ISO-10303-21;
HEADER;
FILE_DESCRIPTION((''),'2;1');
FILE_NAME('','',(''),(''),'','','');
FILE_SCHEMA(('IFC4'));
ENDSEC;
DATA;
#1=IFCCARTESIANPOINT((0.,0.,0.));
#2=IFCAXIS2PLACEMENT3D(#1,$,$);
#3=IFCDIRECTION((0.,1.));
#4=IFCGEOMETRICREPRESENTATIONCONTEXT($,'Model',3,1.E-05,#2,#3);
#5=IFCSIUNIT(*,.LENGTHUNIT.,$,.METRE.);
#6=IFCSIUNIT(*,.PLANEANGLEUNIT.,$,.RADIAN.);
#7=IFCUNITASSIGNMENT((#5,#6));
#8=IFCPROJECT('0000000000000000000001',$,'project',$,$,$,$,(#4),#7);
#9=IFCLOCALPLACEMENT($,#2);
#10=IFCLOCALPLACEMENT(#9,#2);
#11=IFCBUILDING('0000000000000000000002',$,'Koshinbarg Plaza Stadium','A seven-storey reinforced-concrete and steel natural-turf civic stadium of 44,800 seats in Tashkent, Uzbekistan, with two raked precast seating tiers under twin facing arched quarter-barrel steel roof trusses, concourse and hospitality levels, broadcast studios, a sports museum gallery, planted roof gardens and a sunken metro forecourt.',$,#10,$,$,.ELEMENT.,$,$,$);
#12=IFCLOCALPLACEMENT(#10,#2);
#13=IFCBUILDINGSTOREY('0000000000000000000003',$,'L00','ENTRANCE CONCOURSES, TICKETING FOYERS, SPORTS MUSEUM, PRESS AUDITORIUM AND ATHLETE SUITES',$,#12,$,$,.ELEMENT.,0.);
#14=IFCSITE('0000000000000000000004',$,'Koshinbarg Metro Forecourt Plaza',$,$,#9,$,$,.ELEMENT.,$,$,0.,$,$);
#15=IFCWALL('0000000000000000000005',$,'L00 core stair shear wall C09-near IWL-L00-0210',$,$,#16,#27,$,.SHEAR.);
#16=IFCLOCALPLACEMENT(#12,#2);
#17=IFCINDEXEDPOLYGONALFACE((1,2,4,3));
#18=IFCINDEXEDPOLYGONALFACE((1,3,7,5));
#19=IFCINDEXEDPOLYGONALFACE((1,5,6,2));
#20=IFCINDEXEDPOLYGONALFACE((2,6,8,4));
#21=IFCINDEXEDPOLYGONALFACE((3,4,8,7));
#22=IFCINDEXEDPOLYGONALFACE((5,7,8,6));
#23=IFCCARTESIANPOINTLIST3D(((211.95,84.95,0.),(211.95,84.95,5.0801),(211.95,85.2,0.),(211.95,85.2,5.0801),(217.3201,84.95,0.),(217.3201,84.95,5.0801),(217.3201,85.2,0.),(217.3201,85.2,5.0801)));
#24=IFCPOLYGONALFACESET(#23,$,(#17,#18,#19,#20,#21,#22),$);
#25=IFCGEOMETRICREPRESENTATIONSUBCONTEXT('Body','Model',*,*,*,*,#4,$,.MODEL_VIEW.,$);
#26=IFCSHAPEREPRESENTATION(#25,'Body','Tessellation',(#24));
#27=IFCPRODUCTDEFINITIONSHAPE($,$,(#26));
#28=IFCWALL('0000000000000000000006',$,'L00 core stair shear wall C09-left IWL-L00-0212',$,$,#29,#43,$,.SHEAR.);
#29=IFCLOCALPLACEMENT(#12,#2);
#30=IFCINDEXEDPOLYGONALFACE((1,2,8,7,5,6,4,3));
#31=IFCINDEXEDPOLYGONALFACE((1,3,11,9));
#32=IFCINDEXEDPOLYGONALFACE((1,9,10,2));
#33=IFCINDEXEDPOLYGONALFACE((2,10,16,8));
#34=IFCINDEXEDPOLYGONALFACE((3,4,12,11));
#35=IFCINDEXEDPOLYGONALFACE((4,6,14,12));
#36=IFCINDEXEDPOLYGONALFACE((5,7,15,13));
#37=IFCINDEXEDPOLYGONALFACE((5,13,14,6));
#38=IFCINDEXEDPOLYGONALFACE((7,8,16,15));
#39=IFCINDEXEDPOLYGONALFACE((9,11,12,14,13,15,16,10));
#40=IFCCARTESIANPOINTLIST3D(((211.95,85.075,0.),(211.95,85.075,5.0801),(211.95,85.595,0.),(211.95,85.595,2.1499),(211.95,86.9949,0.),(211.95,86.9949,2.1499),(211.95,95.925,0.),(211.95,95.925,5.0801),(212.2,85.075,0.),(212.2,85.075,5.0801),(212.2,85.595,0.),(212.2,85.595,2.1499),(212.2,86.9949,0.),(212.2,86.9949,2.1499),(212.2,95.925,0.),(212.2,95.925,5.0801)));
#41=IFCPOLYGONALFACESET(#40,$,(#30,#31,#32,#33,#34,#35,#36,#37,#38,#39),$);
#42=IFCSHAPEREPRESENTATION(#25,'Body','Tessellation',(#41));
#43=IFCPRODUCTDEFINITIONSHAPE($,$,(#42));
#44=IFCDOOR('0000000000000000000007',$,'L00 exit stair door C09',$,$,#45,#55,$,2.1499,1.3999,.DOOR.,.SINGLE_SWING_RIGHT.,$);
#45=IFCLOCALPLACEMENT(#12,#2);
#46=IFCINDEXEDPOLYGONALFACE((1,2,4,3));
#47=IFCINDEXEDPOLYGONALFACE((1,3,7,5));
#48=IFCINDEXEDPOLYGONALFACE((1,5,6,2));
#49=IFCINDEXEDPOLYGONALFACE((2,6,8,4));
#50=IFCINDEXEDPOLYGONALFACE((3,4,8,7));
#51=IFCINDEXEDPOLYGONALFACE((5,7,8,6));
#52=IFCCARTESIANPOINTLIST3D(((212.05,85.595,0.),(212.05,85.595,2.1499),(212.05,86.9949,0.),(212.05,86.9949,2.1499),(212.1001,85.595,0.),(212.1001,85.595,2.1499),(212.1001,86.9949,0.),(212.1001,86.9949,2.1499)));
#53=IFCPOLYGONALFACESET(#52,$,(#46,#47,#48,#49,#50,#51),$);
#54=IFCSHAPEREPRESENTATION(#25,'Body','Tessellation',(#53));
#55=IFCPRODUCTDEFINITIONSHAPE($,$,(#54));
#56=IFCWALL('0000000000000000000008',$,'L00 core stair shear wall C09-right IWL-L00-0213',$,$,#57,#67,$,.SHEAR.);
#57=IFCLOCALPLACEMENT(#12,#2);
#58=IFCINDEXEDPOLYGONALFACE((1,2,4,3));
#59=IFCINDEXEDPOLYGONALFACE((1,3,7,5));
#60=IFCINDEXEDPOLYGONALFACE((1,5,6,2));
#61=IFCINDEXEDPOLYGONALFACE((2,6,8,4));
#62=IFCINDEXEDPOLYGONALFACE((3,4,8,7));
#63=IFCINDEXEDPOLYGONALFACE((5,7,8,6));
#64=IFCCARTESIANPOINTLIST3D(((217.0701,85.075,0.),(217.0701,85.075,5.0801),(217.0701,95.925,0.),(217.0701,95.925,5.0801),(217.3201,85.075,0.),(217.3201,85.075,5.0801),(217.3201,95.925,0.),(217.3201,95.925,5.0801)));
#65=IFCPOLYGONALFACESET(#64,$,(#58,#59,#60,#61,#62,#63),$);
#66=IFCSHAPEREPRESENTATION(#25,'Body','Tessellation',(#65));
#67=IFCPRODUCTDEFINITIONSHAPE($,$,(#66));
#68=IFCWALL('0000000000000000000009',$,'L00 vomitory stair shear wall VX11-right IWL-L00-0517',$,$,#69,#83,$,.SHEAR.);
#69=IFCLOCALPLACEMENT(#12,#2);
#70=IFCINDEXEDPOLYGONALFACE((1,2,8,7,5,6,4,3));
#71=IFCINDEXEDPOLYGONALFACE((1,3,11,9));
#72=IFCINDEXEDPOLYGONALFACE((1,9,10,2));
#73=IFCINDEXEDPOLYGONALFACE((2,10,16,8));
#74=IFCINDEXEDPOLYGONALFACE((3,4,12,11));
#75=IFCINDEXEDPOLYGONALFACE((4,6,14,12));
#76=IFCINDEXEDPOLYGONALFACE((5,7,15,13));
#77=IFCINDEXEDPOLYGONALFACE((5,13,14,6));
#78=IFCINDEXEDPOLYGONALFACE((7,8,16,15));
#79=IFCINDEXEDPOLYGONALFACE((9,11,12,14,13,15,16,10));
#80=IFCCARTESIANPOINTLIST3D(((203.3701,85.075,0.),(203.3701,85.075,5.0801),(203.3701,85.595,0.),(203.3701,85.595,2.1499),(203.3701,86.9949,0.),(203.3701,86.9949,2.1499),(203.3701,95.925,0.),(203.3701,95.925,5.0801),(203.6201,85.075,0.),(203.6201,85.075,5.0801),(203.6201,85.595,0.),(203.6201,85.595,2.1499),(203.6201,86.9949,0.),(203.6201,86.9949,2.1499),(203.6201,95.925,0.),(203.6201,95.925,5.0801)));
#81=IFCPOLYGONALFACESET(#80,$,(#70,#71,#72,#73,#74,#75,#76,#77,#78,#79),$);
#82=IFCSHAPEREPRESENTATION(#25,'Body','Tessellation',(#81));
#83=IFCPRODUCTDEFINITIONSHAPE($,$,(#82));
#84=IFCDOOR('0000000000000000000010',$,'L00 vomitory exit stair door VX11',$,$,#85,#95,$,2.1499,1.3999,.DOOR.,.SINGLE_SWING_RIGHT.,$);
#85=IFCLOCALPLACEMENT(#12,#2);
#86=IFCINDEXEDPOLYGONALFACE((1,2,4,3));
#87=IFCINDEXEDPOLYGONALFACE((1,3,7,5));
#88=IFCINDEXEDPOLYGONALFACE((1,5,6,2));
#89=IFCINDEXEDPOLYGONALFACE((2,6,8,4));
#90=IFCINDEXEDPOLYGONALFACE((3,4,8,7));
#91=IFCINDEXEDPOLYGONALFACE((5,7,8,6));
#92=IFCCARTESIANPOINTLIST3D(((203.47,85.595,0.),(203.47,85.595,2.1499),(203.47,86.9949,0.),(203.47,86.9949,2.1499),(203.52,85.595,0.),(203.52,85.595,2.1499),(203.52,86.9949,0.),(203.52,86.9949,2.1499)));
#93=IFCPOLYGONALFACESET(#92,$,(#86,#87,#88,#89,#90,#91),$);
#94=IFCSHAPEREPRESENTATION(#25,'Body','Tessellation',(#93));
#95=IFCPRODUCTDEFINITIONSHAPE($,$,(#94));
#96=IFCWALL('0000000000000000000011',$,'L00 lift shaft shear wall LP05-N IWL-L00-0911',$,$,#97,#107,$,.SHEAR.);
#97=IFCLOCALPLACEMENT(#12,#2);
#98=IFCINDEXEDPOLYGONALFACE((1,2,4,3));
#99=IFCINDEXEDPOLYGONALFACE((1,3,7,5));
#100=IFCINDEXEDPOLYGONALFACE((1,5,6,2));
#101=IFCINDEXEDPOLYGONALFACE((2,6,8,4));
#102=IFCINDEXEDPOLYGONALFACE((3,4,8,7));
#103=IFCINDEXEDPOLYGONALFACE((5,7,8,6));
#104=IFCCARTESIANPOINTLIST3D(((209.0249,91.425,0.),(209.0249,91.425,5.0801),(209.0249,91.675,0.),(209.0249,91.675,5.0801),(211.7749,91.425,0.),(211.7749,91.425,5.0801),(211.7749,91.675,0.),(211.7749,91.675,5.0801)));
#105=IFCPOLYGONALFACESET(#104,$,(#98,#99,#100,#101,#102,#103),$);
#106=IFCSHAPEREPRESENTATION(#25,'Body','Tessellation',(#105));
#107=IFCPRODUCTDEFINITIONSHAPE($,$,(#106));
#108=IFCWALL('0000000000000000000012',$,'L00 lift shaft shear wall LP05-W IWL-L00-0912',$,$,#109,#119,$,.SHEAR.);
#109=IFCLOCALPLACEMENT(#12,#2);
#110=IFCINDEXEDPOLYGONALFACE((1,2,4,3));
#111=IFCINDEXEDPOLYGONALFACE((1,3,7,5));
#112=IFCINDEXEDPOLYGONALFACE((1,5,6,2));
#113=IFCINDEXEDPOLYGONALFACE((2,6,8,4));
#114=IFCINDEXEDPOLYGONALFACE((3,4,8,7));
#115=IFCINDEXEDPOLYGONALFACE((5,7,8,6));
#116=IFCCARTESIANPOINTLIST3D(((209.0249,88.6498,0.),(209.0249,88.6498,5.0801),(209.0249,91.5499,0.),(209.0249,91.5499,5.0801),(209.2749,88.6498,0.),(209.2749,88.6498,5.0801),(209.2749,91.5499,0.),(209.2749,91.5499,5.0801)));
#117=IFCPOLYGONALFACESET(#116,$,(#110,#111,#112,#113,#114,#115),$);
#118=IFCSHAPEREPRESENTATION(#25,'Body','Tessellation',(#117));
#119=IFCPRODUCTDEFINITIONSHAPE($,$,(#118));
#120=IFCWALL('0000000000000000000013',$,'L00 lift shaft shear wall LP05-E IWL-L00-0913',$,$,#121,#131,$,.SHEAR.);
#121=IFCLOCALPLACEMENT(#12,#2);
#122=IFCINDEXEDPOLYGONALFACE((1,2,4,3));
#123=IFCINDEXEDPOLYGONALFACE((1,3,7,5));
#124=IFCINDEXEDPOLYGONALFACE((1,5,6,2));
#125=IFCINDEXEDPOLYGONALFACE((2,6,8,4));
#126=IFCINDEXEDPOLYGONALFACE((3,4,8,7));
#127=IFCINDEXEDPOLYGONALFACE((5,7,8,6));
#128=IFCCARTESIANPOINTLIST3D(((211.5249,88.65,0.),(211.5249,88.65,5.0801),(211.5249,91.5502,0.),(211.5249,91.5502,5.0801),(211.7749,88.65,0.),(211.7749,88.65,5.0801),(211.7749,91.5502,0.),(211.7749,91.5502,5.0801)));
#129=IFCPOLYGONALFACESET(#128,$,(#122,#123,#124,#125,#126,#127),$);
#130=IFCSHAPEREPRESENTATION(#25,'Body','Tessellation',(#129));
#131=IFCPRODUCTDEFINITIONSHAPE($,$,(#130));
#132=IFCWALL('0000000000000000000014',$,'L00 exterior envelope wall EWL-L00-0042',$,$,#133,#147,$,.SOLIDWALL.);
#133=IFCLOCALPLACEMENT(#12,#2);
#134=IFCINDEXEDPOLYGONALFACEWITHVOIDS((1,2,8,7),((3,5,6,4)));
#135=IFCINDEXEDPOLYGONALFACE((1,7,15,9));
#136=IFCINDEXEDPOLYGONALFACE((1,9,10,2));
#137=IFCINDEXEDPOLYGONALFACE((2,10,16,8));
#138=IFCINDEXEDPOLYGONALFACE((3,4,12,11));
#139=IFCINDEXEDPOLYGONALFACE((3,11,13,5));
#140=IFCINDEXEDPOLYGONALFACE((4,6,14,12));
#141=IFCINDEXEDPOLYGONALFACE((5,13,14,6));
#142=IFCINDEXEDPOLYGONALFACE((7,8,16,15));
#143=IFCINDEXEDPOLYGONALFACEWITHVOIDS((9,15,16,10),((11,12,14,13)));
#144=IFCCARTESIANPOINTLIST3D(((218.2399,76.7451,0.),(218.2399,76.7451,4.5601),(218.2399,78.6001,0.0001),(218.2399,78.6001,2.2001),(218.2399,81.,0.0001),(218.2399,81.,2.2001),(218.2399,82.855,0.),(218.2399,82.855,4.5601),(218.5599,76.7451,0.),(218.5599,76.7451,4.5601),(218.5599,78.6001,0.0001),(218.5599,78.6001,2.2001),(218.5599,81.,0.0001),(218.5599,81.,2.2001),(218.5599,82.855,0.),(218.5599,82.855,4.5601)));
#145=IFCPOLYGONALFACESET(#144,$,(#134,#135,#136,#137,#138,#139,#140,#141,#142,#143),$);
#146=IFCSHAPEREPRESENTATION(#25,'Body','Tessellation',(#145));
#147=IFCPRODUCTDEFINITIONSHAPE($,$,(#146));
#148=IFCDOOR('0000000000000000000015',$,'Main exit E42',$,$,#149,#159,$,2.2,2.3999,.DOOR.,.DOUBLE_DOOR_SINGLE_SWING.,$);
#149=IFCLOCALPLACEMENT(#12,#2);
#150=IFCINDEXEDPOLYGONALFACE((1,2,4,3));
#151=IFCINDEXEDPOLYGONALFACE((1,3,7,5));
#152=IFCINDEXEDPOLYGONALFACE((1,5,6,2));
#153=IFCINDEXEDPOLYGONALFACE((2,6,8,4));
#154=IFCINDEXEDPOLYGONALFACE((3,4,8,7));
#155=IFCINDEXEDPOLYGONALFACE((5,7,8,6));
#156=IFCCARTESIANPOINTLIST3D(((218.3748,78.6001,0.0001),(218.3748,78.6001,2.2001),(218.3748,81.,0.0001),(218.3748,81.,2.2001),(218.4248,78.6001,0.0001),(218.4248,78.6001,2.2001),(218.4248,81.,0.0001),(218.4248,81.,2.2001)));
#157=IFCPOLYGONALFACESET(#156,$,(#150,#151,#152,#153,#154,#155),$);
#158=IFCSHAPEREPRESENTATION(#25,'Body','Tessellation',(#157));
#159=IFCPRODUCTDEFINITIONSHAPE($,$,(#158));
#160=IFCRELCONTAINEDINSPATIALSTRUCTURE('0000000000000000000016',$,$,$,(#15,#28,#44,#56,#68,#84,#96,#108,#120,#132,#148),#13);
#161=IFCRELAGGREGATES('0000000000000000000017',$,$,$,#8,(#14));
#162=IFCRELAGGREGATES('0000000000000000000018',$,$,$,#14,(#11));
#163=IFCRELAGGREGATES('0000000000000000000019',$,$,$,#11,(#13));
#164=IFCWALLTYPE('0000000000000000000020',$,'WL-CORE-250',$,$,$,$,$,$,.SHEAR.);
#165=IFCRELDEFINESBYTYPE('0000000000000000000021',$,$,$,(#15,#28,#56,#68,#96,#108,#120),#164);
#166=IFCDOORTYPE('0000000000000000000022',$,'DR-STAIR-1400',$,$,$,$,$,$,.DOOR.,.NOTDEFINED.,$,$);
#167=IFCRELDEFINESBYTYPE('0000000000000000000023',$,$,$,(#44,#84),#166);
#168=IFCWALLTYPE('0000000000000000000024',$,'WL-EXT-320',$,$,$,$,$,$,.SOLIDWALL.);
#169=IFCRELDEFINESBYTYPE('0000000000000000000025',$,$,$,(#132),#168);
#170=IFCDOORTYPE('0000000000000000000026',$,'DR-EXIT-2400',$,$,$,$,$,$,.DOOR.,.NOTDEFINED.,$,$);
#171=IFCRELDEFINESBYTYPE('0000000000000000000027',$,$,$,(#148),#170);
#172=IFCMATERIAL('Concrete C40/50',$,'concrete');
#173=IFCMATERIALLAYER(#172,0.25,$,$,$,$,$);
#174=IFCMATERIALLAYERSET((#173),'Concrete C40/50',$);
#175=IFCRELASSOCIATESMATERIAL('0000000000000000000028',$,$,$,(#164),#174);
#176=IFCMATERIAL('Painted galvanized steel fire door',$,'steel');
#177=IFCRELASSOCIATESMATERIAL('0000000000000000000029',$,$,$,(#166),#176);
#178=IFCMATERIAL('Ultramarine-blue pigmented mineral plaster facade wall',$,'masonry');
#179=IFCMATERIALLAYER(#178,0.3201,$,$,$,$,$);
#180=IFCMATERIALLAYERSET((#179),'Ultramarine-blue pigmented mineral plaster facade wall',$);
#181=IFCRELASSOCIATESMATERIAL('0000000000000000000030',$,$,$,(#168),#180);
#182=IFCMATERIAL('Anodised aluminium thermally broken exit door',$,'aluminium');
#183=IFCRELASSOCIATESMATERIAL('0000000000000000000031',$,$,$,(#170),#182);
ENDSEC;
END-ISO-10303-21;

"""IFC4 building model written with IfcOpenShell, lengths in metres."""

from ifc_helpers import new_model, si_unit, direction, frame, frame_2d, origin, place, context, subcontext, project, spatial, rectangle, extrude, material, layer, layer_set, type_object, element, fill, save


model = new_model("IFC4")

# Units and contexts
model_context = context("Model", 3, precision=1e-05, world=origin(), true_north=direction((0.0, 1.0)))
body_context = subcontext(model_context, "Body", "Model", "MODEL_VIEW")
ifc_project = project(units=[si_unit("LENGTHUNIT", "METRE"), si_unit("PLANEANGLEUNIT", "RADIAN")], contexts=[model_context])

# Site, building, storey
site_placement = place(None, origin())
site = spatial("IfcSite", under=ifc_project, at=site_placement, Name="Koshinbarg Metro Forecourt Plaza", CompositionType="ELEMENT", RefElevation=0.0)
building_placement = place(site_placement, origin())
building = spatial("IfcBuilding", under=site, at=building_placement, Name="Koshinbarg Plaza Stadium", Description="A seven-storey reinforced-concrete and steel natural-turf civic stadium of 44,800 seats in Tashkent, Uzbekistan, with two raked precast seating tiers under twin facing arched quarter-barrel steel roof trusses, concourse and hospitality levels, broadcast studios, a sports museum gallery, planted roof gardens and a sunken metro forecourt.", CompositionType="ELEMENT")
storey_placement = place(building_placement, origin())
storey = spatial("IfcBuildingStorey", under=building, at=storey_placement, Name="L00", Description="ENTRANCE CONCOURSES, TICKETING FOYERS, SPORTS MUSEUM, PRESS AUDITORIUM AND ATHLETE SUITES", CompositionType="ELEMENT", Elevation=0.0)

# Shared definitions
ifc_material_1 = material(Name="Concrete C40/50", Category="concrete")

# Wall
ifc_layer_1 = layer(ifc_material_1, 0.25)
ifc_layer_set_1 = layer_set([ifc_layer_1], Name="Concrete C40/50")
wall_type_1 = type_object("IfcWallType", Name="WL-CORE-250", PredefinedType="SHEAR", material=ifc_layer_set_1)
wall_1_placement = place(storey_placement, frame((211.95, 85.075, 0.0), z_axis=(0.0, 0.0, 1.0), x_axis=(1.0, 0.0, 0.0)))
element("IfcWall", 1, at=wall_1_placement, inside=storey, type_object=wall_type_1, Name="L00 core stair shear wall C09-near IWL-L00-0210", PredefinedType="SHEAR", context=body_context, shape_type="SweptSolid", body=[
    extrude(rectangle(XDim=5.3701, YDim=0.25, at=frame_2d((2.6851, 0.0))), origin(), (0.0, 0.0, 1.0), 5.0801),
])

# Wall, opening, door
wall_2_placement = place(storey_placement, frame((212.075, 85.075, 0.0), z_axis=(0.0, 0.0, 1.0), x_axis=(0.0, 1.0, 0.0)))
wall_2 = element("IfcWall", 2, at=wall_2_placement, inside=storey, type_object=wall_type_1, Name="L00 core stair shear wall C09-left IWL-L00-0212", PredefinedType="SHEAR", context=body_context, shape_type="SweptSolid", body=[
    extrude(rectangle(XDim=10.8501, YDim=0.25, at=frame_2d((5.425, 0.0))), origin(), (0.0, 0.0, 1.0), 5.0801),
])
opening_1_placement = place(wall_2_placement, frame((0.52, 0.0, 0.0)))
opening_1 = element("IfcOpeningElement", 3, at=opening_1_placement, cuts=wall_2, PredefinedType="OPENING", context=body_context, shape_type="SweptSolid", body=[
    extrude(rectangle(XDim=1.3999, YDim=2.1499, at=frame_2d((0.7, 1.075))), frame((0.0, 0.135, 0.0), z_axis=(0.0, -1.0, 0.0), x_axis=(1.0, 0.0, 0.0)), (0.0, 0.0, 1.0), 0.27),
])
ifc_material_2 = material(Name="Painted galvanized steel fire door", Category="steel")
door_type_1 = type_object("IfcDoorType", Name="DR-STAIR-1400", OperationType="NOTDEFINED", PredefinedType="DOOR", material=ifc_material_2)
door_1_placement = place(opening_1_placement, origin())
door_1 = element("IfcDoor", 4, at=door_1_placement, inside=storey, type_object=door_type_1, Name="L00 exit stair door C09", OperationType="SINGLE_SWING_RIGHT", OverallHeight=2.1499, OverallWidth=1.3999, PredefinedType="DOOR", context=body_context, shape_type="SweptSolid", body=[
    extrude(rectangle(XDim=1.3999, YDim=2.1499, at=frame_2d((0.7, 1.075))), frame((0.0, 0.0249, 0.0), z_axis=(0.0, -1.0, 0.0), x_axis=(1.0, 0.0, 0.0)), (0.0, 0.0, 1.0), 0.05),
])
fill(opening_1, door_1)

# Wall
wall_3_placement = place(storey_placement, frame((217.1951, 85.075, 0.0), z_axis=(0.0, 0.0, 1.0), x_axis=(0.0, 1.0, 0.0)))
element("IfcWall", 5, at=wall_3_placement, inside=storey, type_object=wall_type_1, Name="L00 core stair shear wall C09-right IWL-L00-0213", PredefinedType="SHEAR", context=body_context, shape_type="SweptSolid", body=[
    extrude(rectangle(XDim=10.8501, YDim=0.25, at=frame_2d((5.425, 0.0))), origin(), (0.0, 0.0, 1.0), 5.0801),
])

# Wall, opening, door
wall_4_placement = place(storey_placement, frame((203.4951, 85.075, 0.0), z_axis=(0.0, 0.0, 1.0), x_axis=(0.0, 1.0, 0.0)))
wall_4 = element("IfcWall", 6, at=wall_4_placement, inside=storey, type_object=wall_type_1, Name="L00 vomitory stair shear wall VX11-right IWL-L00-0517", PredefinedType="SHEAR", context=body_context, shape_type="SweptSolid", body=[
    extrude(rectangle(XDim=10.8501, YDim=0.25, at=frame_2d((5.425, 0.0))), origin(), (0.0, 0.0, 1.0), 5.0801),
])
opening_2_placement = place(wall_4_placement, frame((0.52, 0.0, 0.0)))
opening_2 = element("IfcOpeningElement", 7, at=opening_2_placement, cuts=wall_4, PredefinedType="OPENING", context=body_context, shape_type="SweptSolid", body=[
    extrude(rectangle(XDim=1.3999, YDim=2.1499, at=frame_2d((0.7, 1.075))), frame((0.0, 0.135, 0.0), z_axis=(0.0, -1.0, 0.0), x_axis=(1.0, 0.0, 0.0)), (0.0, 0.0, 1.0), 0.27),
])
door_2_placement = place(opening_2_placement, frame((1.3999, 0.0, 0.0), z_axis=(0.0, 0.0, 1.0), x_axis=(-1.0, 0.0, 0.0)))
door_2 = element("IfcDoor", 8, at=door_2_placement, inside=storey, type_object=door_type_1, Name="L00 vomitory exit stair door VX11", OperationType="SINGLE_SWING_RIGHT", OverallHeight=2.1499, OverallWidth=1.3999, PredefinedType="DOOR", context=body_context, shape_type="SweptSolid", body=[
    extrude(rectangle(XDim=1.3999, YDim=2.1499, at=frame_2d((0.7, 1.075))), frame((0.0, 0.0249, 0.0), z_axis=(0.0, -1.0, 0.0), x_axis=(1.0, 0.0, 0.0)), (0.0, 0.0, 1.0), 0.05),
])
fill(opening_2, door_2)

# Walls
wall_5_placement = place(storey_placement, frame((211.7749, 91.55, 0.0), z_axis=(0.0, 0.0, 1.0), x_axis=(-1.0, 0.0, 0.0)))
element("IfcWall", 9, at=wall_5_placement, inside=storey, type_object=wall_type_1, Name="L00 lift shaft shear wall LP05-N IWL-L00-0911", PredefinedType="SHEAR", context=body_context, shape_type="SweptSolid", body=[
    extrude(rectangle(XDim=2.75, YDim=0.25, at=frame_2d((1.375, 0.0))), origin(), (0.0, 0.0, 1.0), 5.0801),
])
for number, where, z_axis, x_axis, name in (
    (10, (209.1499, 91.55, 0.0), (0.0, 0.0, 1.0), (0.0, -1.0, 0.0), "L00 lift shaft shear wall LP05-W IWL-L00-0912"),
    (11, (211.6499, 88.6499, 0.0), (0.0, 0.0, 1.0), (0.0, 1.0, 0.0), "L00 lift shaft shear wall LP05-E IWL-L00-0913"),
):
    element("IfcWall", number, at=place(storey_placement, frame(where, z_axis=z_axis, x_axis=x_axis)), inside=storey, type_object=wall_type_1, Name=name, PredefinedType="SHEAR", context=body_context, shape_type="SweptSolid", body=[
        extrude(rectangle(XDim=2.9001, YDim=0.25, at=frame_2d((1.4502, 0.0))), origin(), (0.0, 0.0, 1.0), 5.0801),
    ])

# Wall, opening, door
ifc_material_3 = material(Name="Ultramarine-blue pigmented mineral plaster facade wall", Category="masonry")
ifc_layer_2 = layer(ifc_material_3, 0.3201)
ifc_layer_set_2 = layer_set([ifc_layer_2], Name="Ultramarine-blue pigmented mineral plaster facade wall")
wall_type_2 = type_object("IfcWallType", Name="WL-EXT-320", PredefinedType="SOLIDWALL", material=ifc_layer_set_2)
wall_6_placement = place(storey_placement, frame((218.3999, 82.855, 0.0), z_axis=(0.0, 0.0, 1.0), x_axis=(0.0, -1.0, 0.0)))
wall_6 = element("IfcWall", 12, at=wall_6_placement, inside=storey, type_object=wall_type_2, Name="L00 exterior envelope wall EWL-L00-0042", PredefinedType="SOLIDWALL", context=body_context, shape_type="SweptSolid", body=[
    extrude(rectangle(XDim=6.1099, YDim=0.3201, at=frame_2d((3.0549, 0.0))), origin(), (0.0, 0.0, 1.0), 4.5601),
])
opening_3_placement = place(wall_6_placement, frame((1.855, 0.0, 0.0)))
opening_3 = element("IfcOpeningElement", 13, at=opening_3_placement, cuts=wall_6, PredefinedType="OPENING", context=body_context, shape_type="SweptSolid", body=[
    extrude(rectangle(XDim=2.3999, YDim=2.2, at=frame_2d((1.2, 1.1001))), frame((0.0, 0.1699, 0.0), z_axis=(0.0, -1.0, 0.0), x_axis=(1.0, 0.0, 0.0)), (0.0, 0.0, 1.0), 0.3401),
])
ifc_material_4 = material(Name="Anodised aluminium thermally broken exit door", Category="aluminium")
door_type_2 = type_object("IfcDoorType", Name="DR-EXIT-2400", OperationType="NOTDEFINED", PredefinedType="DOOR", material=ifc_material_4)
door_3_placement = place(opening_3_placement, origin())
door_3 = element("IfcDoor", 14, at=door_3_placement, inside=storey, type_object=door_type_2, Name="Main exit E42", OperationType="DOUBLE_DOOR_SINGLE_SWING", OverallHeight=2.2, OverallWidth=2.3999, PredefinedType="DOOR", context=body_context, shape_type="SweptSolid", body=[
    extrude(rectangle(XDim=2.3999, YDim=2.2, at=frame_2d((1.2, 1.1001))), frame((0.0, 0.0249, 0.0), z_axis=(0.0, -1.0, 0.0), x_axis=(1.0, 0.0, 0.0)), (0.0, 0.0, 1.0), 0.05),
])
fill(opening_3, door_3)

save(model, "model.ifc")
